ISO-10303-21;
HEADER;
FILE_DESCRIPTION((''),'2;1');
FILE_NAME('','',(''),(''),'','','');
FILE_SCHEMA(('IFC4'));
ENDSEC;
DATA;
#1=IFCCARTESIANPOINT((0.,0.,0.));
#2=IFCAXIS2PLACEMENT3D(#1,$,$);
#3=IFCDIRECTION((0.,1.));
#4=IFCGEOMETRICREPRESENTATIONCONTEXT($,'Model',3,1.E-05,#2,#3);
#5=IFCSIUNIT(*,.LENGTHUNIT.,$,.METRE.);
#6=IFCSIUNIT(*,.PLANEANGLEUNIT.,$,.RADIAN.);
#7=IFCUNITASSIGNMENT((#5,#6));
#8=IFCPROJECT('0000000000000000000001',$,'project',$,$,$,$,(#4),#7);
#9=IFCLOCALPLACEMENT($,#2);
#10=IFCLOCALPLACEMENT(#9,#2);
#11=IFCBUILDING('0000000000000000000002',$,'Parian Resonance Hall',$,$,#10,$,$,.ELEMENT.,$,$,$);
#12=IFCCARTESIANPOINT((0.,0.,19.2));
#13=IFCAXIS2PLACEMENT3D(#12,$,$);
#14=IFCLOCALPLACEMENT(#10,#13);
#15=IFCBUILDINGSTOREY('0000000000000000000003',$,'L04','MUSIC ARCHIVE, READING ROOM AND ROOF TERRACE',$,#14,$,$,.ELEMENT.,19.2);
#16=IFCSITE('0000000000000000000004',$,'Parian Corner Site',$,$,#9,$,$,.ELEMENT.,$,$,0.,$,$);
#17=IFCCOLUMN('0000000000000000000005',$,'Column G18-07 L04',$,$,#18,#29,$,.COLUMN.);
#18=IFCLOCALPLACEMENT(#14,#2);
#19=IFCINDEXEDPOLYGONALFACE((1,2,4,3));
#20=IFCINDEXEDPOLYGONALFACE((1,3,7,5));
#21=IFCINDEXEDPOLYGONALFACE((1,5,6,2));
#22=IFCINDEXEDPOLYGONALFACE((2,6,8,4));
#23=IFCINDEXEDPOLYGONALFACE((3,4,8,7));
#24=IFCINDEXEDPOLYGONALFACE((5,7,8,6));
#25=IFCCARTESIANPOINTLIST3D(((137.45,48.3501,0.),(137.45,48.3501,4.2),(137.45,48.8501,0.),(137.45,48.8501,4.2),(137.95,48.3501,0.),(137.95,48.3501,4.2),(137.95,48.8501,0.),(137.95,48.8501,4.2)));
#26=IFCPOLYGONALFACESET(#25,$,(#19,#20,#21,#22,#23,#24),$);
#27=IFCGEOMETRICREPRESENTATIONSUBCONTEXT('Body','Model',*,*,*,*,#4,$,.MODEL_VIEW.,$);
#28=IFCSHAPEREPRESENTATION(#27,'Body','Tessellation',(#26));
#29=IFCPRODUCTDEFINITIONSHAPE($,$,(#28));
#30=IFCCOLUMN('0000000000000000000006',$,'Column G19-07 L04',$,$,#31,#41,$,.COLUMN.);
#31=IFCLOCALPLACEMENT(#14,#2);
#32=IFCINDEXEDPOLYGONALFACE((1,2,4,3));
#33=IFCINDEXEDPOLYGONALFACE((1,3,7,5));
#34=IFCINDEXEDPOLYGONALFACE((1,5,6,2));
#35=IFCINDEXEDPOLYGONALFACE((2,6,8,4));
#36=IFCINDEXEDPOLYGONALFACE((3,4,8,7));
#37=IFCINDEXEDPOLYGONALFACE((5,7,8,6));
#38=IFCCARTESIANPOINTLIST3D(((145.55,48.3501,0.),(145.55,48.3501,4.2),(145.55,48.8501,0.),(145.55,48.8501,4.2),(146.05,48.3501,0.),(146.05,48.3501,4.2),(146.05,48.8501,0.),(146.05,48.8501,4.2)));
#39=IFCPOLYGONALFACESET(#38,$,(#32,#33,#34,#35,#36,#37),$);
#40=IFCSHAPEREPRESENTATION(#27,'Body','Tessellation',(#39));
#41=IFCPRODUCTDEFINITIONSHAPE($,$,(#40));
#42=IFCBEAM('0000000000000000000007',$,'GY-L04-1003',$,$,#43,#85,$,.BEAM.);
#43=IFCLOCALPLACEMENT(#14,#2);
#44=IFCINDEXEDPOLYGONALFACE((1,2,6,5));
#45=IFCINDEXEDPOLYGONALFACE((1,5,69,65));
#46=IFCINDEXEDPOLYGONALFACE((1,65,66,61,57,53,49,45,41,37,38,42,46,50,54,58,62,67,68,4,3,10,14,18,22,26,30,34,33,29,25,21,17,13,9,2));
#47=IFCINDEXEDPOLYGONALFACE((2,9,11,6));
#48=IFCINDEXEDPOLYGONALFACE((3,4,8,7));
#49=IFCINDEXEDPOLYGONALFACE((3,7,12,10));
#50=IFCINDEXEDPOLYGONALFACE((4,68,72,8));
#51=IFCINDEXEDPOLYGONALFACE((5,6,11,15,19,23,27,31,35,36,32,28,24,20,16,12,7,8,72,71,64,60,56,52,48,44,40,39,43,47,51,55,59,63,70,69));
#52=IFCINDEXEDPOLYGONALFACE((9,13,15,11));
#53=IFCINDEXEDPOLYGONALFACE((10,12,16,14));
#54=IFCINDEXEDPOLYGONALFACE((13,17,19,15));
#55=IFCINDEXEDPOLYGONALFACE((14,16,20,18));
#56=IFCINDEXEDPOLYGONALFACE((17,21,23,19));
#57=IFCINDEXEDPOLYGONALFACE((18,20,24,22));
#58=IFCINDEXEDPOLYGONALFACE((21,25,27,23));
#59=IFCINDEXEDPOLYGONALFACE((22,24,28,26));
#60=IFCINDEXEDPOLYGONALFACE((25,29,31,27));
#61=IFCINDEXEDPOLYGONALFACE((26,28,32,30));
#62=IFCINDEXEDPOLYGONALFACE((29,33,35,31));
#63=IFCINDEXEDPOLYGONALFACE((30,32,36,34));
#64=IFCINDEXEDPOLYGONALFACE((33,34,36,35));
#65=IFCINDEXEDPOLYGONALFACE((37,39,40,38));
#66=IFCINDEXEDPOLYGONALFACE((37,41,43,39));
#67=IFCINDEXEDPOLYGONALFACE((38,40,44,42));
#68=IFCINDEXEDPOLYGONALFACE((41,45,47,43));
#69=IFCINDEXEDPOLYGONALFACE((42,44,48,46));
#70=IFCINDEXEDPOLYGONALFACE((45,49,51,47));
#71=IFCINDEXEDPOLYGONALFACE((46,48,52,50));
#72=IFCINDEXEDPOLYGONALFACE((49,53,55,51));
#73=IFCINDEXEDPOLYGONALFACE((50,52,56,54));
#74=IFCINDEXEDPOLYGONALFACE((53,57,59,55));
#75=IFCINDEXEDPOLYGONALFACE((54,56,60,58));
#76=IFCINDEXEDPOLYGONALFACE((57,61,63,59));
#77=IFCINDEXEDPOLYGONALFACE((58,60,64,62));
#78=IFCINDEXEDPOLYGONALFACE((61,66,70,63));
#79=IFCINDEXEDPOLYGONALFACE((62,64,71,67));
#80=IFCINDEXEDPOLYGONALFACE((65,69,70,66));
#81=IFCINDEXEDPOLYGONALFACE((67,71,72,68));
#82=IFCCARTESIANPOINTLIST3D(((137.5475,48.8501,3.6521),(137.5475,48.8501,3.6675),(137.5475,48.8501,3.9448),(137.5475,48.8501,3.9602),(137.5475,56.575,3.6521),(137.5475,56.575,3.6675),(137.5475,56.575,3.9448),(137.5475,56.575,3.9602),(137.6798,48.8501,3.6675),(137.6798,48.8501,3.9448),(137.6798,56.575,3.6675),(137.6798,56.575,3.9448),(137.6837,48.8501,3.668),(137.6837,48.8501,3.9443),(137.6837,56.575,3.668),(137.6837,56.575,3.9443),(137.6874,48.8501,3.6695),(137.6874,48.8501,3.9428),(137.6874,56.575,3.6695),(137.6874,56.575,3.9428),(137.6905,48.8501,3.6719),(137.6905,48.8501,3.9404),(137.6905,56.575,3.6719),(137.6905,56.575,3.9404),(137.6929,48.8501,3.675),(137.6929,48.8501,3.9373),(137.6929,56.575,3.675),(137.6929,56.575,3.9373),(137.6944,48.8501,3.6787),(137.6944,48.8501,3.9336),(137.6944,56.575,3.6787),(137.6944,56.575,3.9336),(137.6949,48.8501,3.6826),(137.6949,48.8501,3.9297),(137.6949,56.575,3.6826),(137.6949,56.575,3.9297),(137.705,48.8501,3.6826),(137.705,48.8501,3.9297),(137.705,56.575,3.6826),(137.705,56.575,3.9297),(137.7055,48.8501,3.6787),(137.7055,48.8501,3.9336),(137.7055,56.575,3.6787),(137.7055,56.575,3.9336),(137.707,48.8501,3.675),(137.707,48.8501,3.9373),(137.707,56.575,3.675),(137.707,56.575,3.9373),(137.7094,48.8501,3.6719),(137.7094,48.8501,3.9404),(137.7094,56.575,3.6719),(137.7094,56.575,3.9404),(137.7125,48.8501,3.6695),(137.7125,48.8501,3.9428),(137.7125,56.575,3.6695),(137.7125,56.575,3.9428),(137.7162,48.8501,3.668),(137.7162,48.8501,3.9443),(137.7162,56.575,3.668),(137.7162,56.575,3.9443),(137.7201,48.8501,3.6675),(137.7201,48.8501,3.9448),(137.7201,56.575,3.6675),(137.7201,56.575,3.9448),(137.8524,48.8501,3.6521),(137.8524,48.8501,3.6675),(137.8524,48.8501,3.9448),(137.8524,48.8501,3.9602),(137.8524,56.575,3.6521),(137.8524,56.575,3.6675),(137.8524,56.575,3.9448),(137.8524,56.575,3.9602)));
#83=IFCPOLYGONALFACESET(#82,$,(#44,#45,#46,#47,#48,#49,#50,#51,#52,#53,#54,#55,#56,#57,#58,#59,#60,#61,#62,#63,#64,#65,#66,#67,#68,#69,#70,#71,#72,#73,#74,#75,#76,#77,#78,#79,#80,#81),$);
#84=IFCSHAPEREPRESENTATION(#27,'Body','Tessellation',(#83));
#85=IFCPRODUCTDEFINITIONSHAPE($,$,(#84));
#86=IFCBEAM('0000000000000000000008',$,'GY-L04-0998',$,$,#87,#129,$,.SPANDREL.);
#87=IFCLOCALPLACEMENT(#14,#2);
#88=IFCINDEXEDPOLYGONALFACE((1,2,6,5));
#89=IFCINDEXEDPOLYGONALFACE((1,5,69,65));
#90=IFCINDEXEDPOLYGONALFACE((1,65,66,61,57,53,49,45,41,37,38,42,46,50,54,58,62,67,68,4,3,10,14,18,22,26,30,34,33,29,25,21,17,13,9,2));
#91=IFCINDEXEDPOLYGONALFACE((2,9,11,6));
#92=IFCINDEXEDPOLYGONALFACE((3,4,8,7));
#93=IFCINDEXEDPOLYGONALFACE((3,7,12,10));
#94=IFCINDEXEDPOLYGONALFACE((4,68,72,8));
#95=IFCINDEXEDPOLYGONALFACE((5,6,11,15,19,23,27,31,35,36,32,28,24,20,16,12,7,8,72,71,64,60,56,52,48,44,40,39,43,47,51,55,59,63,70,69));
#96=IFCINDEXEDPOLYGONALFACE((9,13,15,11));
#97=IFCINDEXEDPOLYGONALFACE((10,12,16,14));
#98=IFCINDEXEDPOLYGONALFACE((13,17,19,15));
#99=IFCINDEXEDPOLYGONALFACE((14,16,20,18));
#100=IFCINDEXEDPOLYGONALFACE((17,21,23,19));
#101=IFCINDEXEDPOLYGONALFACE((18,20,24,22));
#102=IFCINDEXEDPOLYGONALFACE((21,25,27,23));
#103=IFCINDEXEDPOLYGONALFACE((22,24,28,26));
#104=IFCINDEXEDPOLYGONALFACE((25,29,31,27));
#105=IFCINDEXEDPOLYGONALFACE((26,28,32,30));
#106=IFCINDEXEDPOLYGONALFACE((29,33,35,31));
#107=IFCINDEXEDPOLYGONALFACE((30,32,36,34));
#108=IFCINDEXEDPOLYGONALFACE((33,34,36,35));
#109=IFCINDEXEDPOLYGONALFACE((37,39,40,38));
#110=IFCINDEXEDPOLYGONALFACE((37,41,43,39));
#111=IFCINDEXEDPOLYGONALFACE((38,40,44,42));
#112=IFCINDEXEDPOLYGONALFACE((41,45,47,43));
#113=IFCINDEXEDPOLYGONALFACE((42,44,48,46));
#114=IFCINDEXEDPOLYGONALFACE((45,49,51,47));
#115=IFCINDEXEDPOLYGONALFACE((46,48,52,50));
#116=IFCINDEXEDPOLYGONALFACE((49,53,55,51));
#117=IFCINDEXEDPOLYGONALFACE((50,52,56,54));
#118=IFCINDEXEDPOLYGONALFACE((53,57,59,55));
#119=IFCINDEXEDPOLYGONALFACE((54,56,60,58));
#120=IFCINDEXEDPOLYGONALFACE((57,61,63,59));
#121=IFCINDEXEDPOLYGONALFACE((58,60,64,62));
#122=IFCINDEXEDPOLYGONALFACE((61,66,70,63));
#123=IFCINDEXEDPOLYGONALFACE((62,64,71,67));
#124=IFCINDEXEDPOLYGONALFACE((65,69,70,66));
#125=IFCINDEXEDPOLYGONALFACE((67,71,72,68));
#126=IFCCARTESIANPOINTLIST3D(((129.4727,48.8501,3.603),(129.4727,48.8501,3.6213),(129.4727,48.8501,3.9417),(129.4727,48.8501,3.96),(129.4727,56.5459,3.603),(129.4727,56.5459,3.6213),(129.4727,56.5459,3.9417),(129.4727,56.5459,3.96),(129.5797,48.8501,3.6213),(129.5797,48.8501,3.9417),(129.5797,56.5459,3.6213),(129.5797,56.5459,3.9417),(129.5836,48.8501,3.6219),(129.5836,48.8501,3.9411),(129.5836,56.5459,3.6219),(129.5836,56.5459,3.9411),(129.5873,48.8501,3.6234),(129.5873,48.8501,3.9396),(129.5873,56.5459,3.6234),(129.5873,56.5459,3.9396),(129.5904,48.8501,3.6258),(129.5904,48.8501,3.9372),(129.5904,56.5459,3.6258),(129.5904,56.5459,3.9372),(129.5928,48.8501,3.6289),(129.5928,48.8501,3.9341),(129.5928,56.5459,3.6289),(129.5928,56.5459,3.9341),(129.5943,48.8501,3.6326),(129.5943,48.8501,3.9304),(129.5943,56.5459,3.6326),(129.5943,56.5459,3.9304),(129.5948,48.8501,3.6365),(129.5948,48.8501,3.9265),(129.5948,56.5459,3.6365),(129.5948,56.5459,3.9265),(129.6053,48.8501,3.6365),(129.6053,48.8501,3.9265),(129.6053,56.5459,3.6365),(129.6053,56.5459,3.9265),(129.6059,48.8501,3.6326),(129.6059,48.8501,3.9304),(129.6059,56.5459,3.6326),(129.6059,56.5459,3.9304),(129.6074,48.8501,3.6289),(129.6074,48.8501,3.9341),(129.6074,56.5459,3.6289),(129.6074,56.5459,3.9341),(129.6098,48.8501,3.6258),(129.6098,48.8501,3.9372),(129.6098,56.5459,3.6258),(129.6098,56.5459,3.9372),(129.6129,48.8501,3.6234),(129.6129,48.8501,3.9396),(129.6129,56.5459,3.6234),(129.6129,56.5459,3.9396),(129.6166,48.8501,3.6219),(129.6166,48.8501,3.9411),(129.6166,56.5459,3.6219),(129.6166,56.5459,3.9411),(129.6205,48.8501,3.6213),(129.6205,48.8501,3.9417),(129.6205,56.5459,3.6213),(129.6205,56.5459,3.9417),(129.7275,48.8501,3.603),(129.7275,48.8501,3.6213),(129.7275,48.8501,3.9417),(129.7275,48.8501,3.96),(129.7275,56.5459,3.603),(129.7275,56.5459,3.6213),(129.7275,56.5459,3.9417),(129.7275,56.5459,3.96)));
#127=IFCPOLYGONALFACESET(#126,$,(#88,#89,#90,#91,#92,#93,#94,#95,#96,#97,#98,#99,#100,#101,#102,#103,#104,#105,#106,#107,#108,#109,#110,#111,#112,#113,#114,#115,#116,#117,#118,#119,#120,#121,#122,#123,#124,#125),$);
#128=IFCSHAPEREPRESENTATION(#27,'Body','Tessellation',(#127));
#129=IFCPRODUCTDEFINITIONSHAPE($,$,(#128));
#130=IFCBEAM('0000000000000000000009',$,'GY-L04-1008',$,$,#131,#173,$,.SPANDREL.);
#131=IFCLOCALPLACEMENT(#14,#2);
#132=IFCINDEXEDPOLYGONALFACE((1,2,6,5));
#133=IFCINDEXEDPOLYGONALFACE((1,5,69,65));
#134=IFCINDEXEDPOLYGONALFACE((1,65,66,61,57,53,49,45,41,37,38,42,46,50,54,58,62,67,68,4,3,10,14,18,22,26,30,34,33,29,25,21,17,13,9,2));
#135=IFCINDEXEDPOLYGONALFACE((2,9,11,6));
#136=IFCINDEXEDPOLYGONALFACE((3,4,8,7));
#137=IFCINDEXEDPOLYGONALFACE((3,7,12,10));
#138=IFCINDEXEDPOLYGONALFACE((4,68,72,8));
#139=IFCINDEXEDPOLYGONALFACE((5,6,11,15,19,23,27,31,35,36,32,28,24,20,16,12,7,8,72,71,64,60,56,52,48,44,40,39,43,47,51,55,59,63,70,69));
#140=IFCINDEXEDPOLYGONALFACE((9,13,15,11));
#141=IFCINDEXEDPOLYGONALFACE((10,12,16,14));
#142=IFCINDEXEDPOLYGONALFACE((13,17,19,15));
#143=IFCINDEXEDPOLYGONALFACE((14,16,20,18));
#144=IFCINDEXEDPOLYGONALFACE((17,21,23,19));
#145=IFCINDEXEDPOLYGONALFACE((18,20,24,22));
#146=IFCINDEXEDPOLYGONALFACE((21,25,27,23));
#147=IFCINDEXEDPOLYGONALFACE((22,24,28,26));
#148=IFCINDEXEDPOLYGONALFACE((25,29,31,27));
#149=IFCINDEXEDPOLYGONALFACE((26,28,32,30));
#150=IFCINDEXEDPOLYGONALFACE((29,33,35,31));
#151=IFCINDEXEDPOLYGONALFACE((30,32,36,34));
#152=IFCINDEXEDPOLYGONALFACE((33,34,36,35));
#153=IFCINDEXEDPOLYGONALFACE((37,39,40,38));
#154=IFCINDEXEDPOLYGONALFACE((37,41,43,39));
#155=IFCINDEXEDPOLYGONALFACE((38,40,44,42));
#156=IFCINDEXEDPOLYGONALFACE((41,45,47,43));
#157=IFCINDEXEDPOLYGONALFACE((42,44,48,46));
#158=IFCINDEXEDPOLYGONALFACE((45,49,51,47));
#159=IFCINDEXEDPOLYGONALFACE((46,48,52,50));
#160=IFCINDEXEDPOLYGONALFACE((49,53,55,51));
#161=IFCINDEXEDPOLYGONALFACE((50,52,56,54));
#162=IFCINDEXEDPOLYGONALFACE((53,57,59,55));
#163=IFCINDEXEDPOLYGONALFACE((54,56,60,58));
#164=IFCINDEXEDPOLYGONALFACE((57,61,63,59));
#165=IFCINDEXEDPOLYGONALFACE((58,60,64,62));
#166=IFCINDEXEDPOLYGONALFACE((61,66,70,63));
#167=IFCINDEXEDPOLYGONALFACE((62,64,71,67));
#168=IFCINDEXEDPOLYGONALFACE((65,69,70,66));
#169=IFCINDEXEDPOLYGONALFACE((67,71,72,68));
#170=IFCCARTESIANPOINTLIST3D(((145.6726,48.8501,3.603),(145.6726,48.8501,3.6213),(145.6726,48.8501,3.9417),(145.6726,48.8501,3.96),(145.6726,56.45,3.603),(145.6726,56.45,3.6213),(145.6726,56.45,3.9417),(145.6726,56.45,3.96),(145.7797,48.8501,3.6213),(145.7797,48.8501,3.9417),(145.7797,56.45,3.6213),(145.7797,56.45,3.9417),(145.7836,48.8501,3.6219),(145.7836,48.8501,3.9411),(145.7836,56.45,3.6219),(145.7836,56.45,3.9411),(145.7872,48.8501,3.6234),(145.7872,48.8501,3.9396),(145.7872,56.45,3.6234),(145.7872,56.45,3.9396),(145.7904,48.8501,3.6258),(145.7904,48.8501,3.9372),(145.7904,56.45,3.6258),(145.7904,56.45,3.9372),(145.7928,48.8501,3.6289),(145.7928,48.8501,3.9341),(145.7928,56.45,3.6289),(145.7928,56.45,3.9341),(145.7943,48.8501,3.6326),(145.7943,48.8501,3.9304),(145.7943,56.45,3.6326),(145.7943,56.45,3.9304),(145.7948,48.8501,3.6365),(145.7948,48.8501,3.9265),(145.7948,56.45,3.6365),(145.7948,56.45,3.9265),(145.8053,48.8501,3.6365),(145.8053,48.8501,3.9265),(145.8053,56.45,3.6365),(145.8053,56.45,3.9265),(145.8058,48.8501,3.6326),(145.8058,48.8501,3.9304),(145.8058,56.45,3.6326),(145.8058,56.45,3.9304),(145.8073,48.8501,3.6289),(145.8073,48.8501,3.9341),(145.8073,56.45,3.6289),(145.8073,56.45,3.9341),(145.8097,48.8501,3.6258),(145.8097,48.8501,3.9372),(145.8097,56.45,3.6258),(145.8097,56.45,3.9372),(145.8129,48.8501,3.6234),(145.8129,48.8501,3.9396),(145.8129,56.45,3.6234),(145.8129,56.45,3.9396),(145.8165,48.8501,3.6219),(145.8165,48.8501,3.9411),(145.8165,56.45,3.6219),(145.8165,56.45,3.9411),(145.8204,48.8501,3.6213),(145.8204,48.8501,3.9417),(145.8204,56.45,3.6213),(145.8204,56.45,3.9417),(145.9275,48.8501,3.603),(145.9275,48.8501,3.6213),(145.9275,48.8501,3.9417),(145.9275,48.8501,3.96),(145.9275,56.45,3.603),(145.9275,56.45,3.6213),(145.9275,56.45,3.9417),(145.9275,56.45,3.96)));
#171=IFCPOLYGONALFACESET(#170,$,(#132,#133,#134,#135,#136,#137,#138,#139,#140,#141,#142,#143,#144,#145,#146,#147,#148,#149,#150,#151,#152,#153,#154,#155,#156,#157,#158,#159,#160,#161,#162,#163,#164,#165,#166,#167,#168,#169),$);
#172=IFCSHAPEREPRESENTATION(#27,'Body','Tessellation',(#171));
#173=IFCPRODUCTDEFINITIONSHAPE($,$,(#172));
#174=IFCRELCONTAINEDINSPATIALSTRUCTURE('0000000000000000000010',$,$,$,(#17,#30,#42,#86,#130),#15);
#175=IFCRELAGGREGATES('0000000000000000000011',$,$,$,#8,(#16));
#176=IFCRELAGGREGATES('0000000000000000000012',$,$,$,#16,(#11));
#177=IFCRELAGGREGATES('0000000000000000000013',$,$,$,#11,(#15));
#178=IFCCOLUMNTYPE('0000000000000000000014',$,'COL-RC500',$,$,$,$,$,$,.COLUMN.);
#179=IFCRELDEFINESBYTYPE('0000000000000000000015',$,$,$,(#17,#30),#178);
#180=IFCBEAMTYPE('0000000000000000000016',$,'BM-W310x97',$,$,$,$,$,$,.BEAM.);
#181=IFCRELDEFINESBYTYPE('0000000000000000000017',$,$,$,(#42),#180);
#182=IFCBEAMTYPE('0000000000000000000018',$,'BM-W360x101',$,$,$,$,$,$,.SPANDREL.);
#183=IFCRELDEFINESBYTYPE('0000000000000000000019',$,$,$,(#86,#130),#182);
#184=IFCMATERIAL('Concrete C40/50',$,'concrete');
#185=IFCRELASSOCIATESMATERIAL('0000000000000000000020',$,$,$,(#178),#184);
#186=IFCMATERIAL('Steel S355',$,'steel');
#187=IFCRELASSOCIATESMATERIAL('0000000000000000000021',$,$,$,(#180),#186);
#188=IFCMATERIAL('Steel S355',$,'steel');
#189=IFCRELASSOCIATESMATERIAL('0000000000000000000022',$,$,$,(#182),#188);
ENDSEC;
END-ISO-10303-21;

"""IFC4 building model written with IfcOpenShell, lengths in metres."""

from ifc_helpers import new_model, si_unit, direction, frame, origin, origin_2d, place, context, subcontext, project, spatial, rectangle, i_section, extrude, material, material_profile, profile_set, type_object, element, save


model = new_model("IFC4")

# Units and contexts
model_context = context("Model", 3, precision=1e-05, world=origin(), true_north=direction((0.0, 1.0)))
body_context = subcontext(model_context, "Body", "Model", "MODEL_VIEW")
ifc_project = project(units=[si_unit("LENGTHUNIT", "METRE"), si_unit("PLANEANGLEUNIT", "RADIAN")], contexts=[model_context])

# Site, building, storey
site_placement = place(None, origin())
site = spatial("IfcSite", under=ifc_project, at=site_placement, Name="Parian Corner Site", CompositionType="ELEMENT", RefElevation=0.0)
building_placement = place(site_placement, origin())
building = spatial("IfcBuilding", under=site, at=building_placement, Name="Parian Resonance Hall", CompositionType="ELEMENT")
storey_placement = place(building_placement, frame((0.0, 0.0, 19.2)))
storey = spatial("IfcBuildingStorey", under=building, at=storey_placement, Name="L04", Description="MUSIC ARCHIVE, READING ROOM AND ROOF TERRACE", CompositionType="ELEMENT", Elevation=19.2)

# Columns
ifc_material_1 = material(Name="Concrete C40/50", Category="concrete")
ifc_material_profile_1 = material_profile(ifc_material_1, rectangle(XDim=0.5, YDim=0.5, at=origin_2d()), Name="RC-COL-500x500")
ifc_profile_set_1 = profile_set([ifc_material_profile_1], Name="Concrete C40/50")
column_type = type_object("IfcColumnType", Name="COL-RC500", PredefinedType="COLUMN", material=ifc_profile_set_1)
for number, where, z_axis, x_axis, name in (
    (1, (137.7, 48.6001, 0.0), (0.0, 0.0, 1.0), (1.0, 0.0, 0.0), "Column G18-07 L04"),
    (2, (145.8, 48.6001, 0.0), (0.0, 0.0, 1.0), (1.0, 0.0, 0.0), "Column G19-07 L04"),
):
    element("IfcColumn", number, at=place(storey_placement, frame(where, z_axis=z_axis, x_axis=x_axis)), inside=storey, type_object=column_type, Name=name, PredefinedType="COLUMN", context=body_context, shape_type="SweptSolid", body=[
        extrude(rectangle(XDim=0.5, YDim=0.5, at=origin_2d()), origin(), (0.0, 0.0, 1.0), 4.2),
    ])

# Beams
ifc_material_2 = material(Name="Steel S355", Category="steel")
ifc_material_profile_2 = material_profile(ifc_material_2, i_section(OverallWidth=0.3049, OverallDepth=0.3081, WebThickness=0.01, FlangeThickness=0.0154, FilletRadius=0.0151, at=origin_2d()), Name="W310x97")
ifc_profile_set_2 = profile_set([ifc_material_profile_2], Name="Steel S355")
beam_type_1 = type_object("IfcBeamType", Name="BM-W310x97", PredefinedType="BEAM", material=ifc_profile_set_2)
beam_1_placement = place(storey_placement, frame((137.7, 48.8501, 3.8062), z_axis=(0.0, 1.0, 0.0), x_axis=(-1.0, 0.0, 0.0)))
element("IfcBeam", 3, at=beam_1_placement, inside=storey, type_object=beam_type_1, Name="GY-L04-1003", PredefinedType="BEAM", context=body_context, shape_type="SweptSolid", body=[
    extrude(i_section(OverallWidth=0.3049, OverallDepth=0.3081, WebThickness=0.01, FlangeThickness=0.0154, FilletRadius=0.0151, at=origin_2d()), origin(), (0.0, 0.0, 1.0), 7.7249),
])
ifc_material_3 = material(Name="Steel S355", Category="steel")
ifc_material_profile_3 = material_profile(ifc_material_3, i_section(OverallWidth=0.2549, OverallDepth=0.3569, WebThickness=0.0105, FlangeThickness=0.0183, FilletRadius=0.0151, at=origin_2d()), Name="W360x101")
ifc_profile_set_3 = profile_set([ifc_material_profile_3], Name="Steel S355")
beam_type_2 = type_object("IfcBeamType", Name="BM-W360x101", PredefinedType="SPANDREL", material=ifc_profile_set_3)
beam_2_placement = place(storey_placement, frame((129.6001, 48.8501, 3.7815), z_axis=(0.0, 1.0, 0.0), x_axis=(-1.0, 0.0, 0.0)))
element("IfcBeam", 4, at=beam_2_placement, inside=storey, type_object=beam_type_2, Name="GY-L04-0998", PredefinedType="SPANDREL", context=body_context, shape_type="SweptSolid", body=[
    extrude(i_section(OverallWidth=0.2549, OverallDepth=0.3569, WebThickness=0.0105, FlangeThickness=0.0183, FilletRadius=0.0151, at=origin_2d()), origin(), (0.0, 0.0, 1.0), 7.6958),
])
beam_3_placement = place(storey_placement, frame((145.8, 48.8501, 3.7815), z_axis=(0.0, 1.0, 0.0), x_axis=(-1.0, 0.0, 0.0)))
element("IfcBeam", 5, at=beam_3_placement, inside=storey, type_object=beam_type_2, Name="GY-L04-1008", PredefinedType="SPANDREL", context=body_context, shape_type="SweptSolid", body=[
    extrude(i_section(OverallWidth=0.2549, OverallDepth=0.3569, WebThickness=0.0105, FlangeThickness=0.0183, FilletRadius=0.0151, at=origin_2d()), origin(), (0.0, 0.0, 1.0), 7.5999),
])

save(model, "model.ifc")
